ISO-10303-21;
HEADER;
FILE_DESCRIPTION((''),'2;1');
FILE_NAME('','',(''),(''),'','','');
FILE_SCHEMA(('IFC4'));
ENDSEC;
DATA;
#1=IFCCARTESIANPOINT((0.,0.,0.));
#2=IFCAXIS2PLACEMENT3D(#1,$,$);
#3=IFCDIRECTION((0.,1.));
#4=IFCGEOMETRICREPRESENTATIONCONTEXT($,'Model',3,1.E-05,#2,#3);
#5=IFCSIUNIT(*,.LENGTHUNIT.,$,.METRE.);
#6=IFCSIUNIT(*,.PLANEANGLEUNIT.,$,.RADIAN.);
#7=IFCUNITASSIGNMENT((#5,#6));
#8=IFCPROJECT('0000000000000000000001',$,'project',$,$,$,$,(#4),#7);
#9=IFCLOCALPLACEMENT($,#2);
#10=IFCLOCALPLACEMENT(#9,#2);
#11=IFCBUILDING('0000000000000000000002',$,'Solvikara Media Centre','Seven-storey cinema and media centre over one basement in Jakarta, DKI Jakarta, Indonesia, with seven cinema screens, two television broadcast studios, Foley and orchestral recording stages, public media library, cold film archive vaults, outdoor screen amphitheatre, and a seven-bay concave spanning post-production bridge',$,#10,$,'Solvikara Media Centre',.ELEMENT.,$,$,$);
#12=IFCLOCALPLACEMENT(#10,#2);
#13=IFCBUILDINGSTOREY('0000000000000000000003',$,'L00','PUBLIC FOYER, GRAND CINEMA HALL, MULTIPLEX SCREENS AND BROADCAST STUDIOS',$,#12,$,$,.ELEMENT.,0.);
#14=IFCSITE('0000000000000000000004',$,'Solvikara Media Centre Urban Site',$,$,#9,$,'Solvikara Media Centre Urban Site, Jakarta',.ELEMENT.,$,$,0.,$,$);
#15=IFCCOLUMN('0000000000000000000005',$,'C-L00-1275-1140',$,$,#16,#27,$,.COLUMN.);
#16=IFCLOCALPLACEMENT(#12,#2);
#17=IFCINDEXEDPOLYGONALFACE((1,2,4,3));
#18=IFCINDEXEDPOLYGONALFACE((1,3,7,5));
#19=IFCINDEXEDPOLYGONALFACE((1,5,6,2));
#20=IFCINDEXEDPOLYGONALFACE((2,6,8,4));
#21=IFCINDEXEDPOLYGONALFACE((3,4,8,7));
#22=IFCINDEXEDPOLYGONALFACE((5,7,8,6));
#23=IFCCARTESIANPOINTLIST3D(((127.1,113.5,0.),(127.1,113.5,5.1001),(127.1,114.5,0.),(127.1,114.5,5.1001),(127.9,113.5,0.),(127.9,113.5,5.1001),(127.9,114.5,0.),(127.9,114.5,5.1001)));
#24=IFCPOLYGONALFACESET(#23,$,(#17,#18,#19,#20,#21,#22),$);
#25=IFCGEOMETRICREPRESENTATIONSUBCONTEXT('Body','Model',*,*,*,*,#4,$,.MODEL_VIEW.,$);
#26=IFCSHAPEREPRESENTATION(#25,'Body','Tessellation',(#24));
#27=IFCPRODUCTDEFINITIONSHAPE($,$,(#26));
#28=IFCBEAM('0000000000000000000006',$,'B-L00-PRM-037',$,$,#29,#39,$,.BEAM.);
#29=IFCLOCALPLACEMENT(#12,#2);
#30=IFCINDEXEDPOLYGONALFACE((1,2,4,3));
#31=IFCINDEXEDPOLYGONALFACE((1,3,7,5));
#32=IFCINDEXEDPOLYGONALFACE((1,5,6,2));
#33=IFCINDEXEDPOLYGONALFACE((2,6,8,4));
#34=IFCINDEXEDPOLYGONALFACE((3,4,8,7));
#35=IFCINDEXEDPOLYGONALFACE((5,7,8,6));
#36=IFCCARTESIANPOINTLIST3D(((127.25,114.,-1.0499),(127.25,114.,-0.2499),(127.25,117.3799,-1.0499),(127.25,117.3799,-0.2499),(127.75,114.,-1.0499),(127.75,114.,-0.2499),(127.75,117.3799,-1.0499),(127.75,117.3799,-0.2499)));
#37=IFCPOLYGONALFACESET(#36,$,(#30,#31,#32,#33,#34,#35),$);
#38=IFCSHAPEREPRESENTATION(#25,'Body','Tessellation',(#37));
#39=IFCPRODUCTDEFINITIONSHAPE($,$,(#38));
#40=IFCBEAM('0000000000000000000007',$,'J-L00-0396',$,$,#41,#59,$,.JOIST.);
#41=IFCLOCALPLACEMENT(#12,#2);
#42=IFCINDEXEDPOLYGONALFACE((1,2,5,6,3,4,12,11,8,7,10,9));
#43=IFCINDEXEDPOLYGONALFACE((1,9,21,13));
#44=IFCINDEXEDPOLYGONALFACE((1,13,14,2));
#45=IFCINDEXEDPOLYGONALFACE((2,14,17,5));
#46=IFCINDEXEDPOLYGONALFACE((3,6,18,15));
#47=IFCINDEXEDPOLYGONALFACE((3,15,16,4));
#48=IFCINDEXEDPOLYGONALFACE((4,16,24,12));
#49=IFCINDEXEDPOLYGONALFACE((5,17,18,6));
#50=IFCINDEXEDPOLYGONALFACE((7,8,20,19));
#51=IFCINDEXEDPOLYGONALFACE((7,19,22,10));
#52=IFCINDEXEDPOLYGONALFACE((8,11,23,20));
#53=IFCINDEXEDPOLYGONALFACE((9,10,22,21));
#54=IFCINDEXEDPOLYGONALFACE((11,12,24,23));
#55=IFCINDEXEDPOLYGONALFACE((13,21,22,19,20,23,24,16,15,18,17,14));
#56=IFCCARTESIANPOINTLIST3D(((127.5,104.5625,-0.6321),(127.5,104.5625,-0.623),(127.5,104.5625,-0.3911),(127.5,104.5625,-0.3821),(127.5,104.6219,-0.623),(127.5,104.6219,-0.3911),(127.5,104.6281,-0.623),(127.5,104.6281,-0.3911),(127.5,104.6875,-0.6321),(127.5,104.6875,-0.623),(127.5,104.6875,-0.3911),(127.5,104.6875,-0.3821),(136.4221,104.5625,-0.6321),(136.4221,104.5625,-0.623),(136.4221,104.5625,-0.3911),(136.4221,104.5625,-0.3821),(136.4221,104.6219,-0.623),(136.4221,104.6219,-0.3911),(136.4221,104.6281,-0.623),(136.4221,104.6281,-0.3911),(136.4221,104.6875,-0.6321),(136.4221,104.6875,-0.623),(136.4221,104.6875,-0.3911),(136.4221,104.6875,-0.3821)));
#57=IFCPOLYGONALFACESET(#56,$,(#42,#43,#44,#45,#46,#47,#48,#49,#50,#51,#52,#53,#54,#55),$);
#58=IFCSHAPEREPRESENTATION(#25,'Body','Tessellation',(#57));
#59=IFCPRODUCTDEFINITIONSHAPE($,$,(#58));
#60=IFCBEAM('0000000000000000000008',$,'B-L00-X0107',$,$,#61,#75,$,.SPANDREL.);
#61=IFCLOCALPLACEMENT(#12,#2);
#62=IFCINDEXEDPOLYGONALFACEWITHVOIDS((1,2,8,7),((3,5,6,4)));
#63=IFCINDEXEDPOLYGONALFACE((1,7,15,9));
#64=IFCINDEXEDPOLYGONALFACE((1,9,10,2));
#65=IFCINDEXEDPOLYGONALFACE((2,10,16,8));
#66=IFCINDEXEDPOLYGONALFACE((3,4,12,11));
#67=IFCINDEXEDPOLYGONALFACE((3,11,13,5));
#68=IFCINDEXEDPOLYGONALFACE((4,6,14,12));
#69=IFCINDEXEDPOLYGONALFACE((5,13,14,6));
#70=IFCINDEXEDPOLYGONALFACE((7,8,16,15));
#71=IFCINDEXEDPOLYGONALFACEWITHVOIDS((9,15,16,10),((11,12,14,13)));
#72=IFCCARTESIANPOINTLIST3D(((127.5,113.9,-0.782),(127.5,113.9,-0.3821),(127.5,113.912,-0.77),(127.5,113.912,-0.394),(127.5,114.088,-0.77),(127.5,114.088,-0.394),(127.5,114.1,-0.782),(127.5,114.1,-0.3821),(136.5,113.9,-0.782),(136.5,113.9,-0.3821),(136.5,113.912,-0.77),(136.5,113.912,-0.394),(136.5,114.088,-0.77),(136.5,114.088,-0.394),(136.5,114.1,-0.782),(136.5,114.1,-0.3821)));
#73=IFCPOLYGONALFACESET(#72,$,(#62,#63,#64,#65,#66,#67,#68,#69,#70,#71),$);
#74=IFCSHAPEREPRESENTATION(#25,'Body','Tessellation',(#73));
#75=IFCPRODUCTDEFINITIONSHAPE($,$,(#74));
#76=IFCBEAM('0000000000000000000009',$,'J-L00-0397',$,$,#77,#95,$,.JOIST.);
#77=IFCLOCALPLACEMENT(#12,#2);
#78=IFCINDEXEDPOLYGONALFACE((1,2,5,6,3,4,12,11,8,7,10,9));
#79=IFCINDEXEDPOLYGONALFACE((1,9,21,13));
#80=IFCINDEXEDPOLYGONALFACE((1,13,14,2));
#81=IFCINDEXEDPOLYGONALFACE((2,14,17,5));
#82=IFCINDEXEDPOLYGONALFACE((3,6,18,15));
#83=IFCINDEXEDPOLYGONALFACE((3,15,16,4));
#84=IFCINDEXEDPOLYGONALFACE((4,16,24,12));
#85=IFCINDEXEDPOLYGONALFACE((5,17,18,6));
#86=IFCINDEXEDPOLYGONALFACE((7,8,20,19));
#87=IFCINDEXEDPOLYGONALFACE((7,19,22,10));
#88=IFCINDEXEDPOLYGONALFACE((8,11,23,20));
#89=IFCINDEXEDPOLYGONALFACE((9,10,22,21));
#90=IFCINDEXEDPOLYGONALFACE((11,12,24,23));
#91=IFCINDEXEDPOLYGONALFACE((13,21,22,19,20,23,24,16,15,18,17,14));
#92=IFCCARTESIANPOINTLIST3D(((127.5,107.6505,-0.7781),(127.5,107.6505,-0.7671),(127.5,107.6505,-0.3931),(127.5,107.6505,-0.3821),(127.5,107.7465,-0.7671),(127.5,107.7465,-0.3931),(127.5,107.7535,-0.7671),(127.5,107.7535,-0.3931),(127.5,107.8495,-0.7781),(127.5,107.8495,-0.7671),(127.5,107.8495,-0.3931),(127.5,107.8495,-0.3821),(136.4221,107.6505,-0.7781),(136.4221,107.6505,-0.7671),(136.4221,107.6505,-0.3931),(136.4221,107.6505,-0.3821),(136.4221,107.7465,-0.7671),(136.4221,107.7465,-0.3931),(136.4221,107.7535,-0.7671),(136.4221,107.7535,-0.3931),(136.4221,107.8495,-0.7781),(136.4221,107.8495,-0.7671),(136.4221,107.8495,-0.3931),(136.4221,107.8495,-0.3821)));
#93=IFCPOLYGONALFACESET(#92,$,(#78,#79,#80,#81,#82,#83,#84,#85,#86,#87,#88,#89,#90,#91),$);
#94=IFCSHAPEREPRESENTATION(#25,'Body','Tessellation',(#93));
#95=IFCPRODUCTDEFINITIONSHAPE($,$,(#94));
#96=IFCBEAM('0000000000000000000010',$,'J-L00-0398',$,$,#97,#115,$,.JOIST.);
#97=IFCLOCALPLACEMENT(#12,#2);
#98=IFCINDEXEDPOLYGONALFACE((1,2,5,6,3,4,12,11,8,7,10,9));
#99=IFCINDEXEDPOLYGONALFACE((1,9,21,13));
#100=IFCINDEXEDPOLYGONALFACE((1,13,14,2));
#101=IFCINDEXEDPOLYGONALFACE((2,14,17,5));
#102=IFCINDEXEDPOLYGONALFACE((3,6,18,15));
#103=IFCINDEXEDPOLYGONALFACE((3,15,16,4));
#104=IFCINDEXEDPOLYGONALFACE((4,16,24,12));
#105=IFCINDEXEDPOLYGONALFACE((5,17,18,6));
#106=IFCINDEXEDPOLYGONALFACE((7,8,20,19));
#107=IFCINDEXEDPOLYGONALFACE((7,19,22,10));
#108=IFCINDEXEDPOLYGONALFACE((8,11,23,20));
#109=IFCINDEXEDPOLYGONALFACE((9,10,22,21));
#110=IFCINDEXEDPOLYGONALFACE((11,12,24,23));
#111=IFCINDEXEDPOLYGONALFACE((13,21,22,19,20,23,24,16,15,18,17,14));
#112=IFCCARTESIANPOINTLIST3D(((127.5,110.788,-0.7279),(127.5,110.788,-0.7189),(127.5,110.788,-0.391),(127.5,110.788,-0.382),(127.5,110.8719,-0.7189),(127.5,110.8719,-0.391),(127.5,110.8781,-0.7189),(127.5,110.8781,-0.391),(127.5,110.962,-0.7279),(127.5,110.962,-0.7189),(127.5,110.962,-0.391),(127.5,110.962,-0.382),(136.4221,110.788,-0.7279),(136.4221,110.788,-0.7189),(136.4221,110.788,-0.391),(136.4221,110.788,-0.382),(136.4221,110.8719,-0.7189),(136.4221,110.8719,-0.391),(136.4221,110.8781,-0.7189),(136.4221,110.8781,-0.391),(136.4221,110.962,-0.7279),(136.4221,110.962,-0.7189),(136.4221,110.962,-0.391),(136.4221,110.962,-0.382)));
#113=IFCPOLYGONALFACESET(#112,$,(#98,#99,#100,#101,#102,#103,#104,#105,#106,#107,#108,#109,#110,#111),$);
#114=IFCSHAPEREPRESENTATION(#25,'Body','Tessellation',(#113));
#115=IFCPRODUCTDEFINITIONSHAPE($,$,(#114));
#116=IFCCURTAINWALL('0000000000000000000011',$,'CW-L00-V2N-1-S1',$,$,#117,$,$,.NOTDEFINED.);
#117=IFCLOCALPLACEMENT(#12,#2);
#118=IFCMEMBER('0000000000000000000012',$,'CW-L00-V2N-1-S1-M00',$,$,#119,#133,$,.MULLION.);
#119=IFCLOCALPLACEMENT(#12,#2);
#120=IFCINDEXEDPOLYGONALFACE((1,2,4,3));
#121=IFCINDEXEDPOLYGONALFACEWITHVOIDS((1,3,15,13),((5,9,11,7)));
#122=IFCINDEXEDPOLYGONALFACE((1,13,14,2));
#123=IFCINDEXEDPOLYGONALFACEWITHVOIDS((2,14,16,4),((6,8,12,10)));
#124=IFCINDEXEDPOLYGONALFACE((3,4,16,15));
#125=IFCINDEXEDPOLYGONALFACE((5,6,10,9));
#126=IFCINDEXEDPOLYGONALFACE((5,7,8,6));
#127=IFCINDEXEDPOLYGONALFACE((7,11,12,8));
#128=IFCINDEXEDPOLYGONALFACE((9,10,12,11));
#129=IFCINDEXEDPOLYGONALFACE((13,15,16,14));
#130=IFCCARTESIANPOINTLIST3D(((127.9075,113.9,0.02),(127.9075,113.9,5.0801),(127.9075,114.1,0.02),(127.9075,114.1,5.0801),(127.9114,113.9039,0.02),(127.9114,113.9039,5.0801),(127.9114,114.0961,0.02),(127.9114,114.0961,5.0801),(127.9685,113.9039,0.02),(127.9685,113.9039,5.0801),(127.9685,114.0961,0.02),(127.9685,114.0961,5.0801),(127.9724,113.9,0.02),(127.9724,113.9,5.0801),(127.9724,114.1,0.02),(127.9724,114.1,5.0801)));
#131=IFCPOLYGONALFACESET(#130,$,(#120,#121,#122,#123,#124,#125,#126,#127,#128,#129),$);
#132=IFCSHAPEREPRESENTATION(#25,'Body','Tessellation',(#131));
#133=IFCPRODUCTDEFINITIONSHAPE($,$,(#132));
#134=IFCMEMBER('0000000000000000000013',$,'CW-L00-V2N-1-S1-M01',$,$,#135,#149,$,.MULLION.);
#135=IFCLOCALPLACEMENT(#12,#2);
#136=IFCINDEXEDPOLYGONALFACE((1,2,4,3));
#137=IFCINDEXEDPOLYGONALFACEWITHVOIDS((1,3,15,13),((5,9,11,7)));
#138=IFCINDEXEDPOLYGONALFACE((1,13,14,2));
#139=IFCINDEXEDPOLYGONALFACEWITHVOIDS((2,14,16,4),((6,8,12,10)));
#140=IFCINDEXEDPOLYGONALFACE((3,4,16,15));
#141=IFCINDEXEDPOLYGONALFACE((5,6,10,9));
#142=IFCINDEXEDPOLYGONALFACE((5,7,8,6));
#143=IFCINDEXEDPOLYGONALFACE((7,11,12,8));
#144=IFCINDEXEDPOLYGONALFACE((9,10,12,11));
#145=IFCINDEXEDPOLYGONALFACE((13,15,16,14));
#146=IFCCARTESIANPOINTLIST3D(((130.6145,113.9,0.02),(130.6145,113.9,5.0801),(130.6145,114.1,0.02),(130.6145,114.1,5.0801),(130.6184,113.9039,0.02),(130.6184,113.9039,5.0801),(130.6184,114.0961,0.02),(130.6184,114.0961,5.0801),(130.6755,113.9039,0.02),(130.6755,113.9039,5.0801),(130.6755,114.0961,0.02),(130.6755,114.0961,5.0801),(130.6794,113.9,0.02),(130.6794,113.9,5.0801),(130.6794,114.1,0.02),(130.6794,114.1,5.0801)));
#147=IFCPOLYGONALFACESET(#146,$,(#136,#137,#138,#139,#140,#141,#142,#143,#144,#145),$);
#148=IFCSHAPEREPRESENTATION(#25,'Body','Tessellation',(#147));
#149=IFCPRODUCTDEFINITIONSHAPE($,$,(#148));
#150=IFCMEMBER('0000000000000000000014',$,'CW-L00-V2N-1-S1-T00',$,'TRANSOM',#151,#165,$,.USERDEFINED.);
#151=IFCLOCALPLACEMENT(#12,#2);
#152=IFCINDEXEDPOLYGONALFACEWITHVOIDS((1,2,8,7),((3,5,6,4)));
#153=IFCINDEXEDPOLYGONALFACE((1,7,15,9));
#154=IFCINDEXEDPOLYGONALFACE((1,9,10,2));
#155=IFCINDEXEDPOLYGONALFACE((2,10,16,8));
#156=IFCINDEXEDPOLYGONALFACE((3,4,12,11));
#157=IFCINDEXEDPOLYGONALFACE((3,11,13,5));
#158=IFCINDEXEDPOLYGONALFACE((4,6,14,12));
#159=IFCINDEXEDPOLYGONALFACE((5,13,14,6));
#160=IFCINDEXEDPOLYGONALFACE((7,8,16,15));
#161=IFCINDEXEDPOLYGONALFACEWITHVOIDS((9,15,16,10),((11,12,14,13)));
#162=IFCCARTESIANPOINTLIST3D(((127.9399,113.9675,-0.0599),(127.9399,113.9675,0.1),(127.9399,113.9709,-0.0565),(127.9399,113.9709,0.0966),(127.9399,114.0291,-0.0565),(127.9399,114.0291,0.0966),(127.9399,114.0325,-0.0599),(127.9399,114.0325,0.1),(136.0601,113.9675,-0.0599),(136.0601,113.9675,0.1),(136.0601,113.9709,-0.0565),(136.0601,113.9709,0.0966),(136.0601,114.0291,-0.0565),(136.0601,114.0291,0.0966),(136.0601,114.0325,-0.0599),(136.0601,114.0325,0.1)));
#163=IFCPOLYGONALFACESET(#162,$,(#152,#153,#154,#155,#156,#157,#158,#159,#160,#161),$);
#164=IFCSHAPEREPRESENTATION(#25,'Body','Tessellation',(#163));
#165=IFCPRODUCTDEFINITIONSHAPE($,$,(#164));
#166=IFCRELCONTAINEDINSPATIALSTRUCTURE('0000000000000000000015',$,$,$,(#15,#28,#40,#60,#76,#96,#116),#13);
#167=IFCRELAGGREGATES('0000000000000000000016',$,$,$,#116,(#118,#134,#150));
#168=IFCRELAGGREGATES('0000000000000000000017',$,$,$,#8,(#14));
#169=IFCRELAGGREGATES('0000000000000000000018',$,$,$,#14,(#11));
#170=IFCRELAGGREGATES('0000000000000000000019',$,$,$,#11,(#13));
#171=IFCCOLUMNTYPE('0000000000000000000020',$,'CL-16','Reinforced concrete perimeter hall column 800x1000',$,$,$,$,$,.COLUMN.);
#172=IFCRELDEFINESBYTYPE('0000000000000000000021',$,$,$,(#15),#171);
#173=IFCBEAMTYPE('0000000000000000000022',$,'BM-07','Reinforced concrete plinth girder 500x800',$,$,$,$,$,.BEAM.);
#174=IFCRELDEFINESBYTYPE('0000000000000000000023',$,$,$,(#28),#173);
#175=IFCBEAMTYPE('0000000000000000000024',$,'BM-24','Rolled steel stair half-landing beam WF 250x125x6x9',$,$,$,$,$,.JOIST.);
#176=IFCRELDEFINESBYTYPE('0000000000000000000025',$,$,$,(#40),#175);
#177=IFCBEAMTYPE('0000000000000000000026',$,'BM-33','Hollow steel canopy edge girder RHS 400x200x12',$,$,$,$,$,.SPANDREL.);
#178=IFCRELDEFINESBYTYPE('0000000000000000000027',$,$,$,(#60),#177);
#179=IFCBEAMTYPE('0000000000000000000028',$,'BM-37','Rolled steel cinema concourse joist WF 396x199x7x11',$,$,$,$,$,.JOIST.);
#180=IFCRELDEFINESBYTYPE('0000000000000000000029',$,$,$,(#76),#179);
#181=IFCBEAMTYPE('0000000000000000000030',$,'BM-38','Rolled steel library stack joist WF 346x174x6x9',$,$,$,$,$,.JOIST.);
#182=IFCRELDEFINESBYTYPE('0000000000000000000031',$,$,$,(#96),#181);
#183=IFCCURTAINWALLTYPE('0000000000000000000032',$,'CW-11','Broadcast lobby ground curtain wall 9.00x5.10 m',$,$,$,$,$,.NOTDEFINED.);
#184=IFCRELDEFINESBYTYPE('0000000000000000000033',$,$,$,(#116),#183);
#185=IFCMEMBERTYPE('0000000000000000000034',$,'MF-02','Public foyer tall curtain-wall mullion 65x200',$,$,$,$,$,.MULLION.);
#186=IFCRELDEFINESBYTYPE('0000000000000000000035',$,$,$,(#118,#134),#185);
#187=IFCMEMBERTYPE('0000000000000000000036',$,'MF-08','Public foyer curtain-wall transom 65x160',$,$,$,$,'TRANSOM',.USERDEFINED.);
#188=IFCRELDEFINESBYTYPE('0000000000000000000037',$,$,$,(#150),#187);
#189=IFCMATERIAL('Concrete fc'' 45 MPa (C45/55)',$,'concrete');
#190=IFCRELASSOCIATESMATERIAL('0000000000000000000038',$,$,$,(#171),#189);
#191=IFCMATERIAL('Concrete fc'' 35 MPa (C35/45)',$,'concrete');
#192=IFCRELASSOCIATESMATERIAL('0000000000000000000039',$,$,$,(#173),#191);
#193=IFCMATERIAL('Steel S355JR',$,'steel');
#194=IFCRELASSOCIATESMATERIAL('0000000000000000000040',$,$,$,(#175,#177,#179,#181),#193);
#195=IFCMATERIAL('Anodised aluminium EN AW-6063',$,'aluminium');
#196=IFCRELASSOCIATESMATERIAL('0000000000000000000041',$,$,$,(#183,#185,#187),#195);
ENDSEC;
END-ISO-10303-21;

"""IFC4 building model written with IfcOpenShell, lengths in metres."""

from ifc_helpers import new_model, si_unit, direction, frame, origin, origin_2d, place, context, subcontext, project, spatial, rectangle, hollow_rectangle, i_section, extrude, material, material_profile, profile_set, type_object, element, aggregate, save


model = new_model("IFC4")

# Units and contexts
model_context = context("Model", 3, precision=1e-05, world=origin(), true_north=direction((0.0, 1.0)))
body_context = subcontext(model_context, "Body", "Model", "MODEL_VIEW")
ifc_project = project(units=[si_unit("LENGTHUNIT", "METRE"), si_unit("PLANEANGLEUNIT", "RADIAN")], contexts=[model_context])

# Site, building, storey
site_placement = place(None, origin())
site = spatial("IfcSite", under=ifc_project, at=site_placement, Name="Solvikara Media Centre Urban Site", LongName="Solvikara Media Centre Urban Site, Jakarta", CompositionType="ELEMENT", RefElevation=0.0)
building_placement = place(site_placement, origin())
building = spatial("IfcBuilding", under=site, at=building_placement, Name="Solvikara Media Centre", Description="Seven-storey cinema and media centre over one basement in Jakarta, DKI Jakarta, Indonesia, with seven cinema screens, two television broadcast studios, Foley and orchestral recording stages, public media library, cold film archive vaults, outdoor screen amphitheatre, and a seven-bay concave spanning post-production bridge", LongName="Solvikara Media Centre", CompositionType="ELEMENT")
storey_placement = place(building_placement, origin())
storey = spatial("IfcBuildingStorey", under=building, at=storey_placement, Name="L00", Description="PUBLIC FOYER, GRAND CINEMA HALL, MULTIPLEX SCREENS AND BROADCAST STUDIOS", CompositionType="ELEMENT", Elevation=0.0)

# Column
ifc_material_1 = material(Name="Concrete fc' 45 MPa (C45/55)", Category="concrete")
ifc_material_profile_1 = material_profile(ifc_material_1, rectangle(XDim=0.8, YDim=1.0, at=origin_2d()), Name="RC 800x1000")
ifc_profile_set_1 = profile_set([ifc_material_profile_1], Name="Concrete fc' 45 MPa (C45/55)")
column_type = type_object("IfcColumnType", Name="CL-16", Description="Reinforced concrete perimeter hall column 800x1000", PredefinedType="COLUMN", material=ifc_profile_set_1)
column_placement = place(storey_placement, frame((127.5, 114.0, 0.0), z_axis=(0.0, 0.0, 1.0), x_axis=(1.0, 0.0, 0.0)))
element("IfcColumn", 1, at=column_placement, inside=storey, type_object=column_type, Name="C-L00-1275-1140", PredefinedType="COLUMN", context=body_context, shape_type="SweptSolid", body=[
    extrude(rectangle(XDim=0.8, YDim=1.0, at=origin_2d()), origin(), (0.0, 0.0, 1.0), 5.1001),
])

# Beams
ifc_material_2 = material(Name="Concrete fc' 35 MPa (C35/45)", Category="concrete")
ifc_material_profile_2 = material_profile(ifc_material_2, rectangle(XDim=0.5, YDim=0.8, at=origin_2d()), Name="RC 500x800")
ifc_profile_set_2 = profile_set([ifc_material_profile_2], Name="Concrete fc' 35 MPa (C35/45)")
beam_type_1 = type_object("IfcBeamType", Name="BM-07", Description="Reinforced concrete plinth girder 500x800", PredefinedType="BEAM", material=ifc_profile_set_2)
beam_1_placement = place(storey_placement, frame((127.5, 114.0, -0.6499), z_axis=(0.0, 1.0, 0.0), x_axis=(-1.0, 0.0, 0.0)))
element("IfcBeam", 2, at=beam_1_placement, inside=storey, type_object=beam_type_1, Name="B-L00-PRM-037", PredefinedType="BEAM", context=body_context, shape_type="SweptSolid", body=[
    extrude(rectangle(XDim=0.5, YDim=0.8, at=origin_2d()), origin(), (0.0, 0.0, 1.0), 3.3799),
])
ifc_material_3 = material(Name="Steel S355JR", Category="steel")
ifc_material_profile_3 = material_profile(ifc_material_3, i_section(OverallWidth=0.125, OverallDepth=0.25, WebThickness=0.0061, FlangeThickness=0.009, at=origin_2d()), Name="WF 250x125x6x9")
ifc_profile_set_3 = profile_set([ifc_material_profile_3], Name="Steel S355JR")
beam_type_2 = type_object("IfcBeamType", Name="BM-24", Description="Rolled steel stair half-landing beam WF 250x125x6x9", PredefinedType="JOIST", material=ifc_profile_set_3)
beam_2_placement = place(storey_placement, frame((127.5, 104.625, -0.5071), z_axis=(1.0, 0.0, 0.0), x_axis=(0.0, 1.0, 0.0)))
element("IfcBeam", 3, at=beam_2_placement, inside=storey, type_object=beam_type_2, Name="J-L00-0396", PredefinedType="JOIST", context=body_context, shape_type="SweptSolid", body=[
    extrude(i_section(OverallWidth=0.125, OverallDepth=0.25, WebThickness=0.0061, FlangeThickness=0.009, at=origin_2d()), origin(), (0.0, 0.0, 1.0), 8.9221),
])
ifc_material_profile_4 = material_profile(ifc_material_3, hollow_rectangle(XDim=0.2, YDim=0.3999, WallThickness=0.012, at=origin_2d()), Name="RHS 400x200x12")
ifc_profile_set_4 = profile_set([ifc_material_profile_4], Name="Steel S355JR")
beam_type_3 = type_object("IfcBeamType", Name="BM-33", Description="Hollow steel canopy edge girder RHS 400x200x12", PredefinedType="SPANDREL", material=ifc_profile_set_4)
beam_3_placement = place(storey_placement, frame((127.5, 114.0, -0.582), z_axis=(1.0, 0.0, 0.0), x_axis=(0.0, 1.0, 0.0)))
element("IfcBeam", 4, at=beam_3_placement, inside=storey, type_object=beam_type_3, Name="B-L00-X0107", PredefinedType="SPANDREL", context=body_context, shape_type="SweptSolid", body=[
    extrude(hollow_rectangle(XDim=0.2, YDim=0.3999, WallThickness=0.012, at=origin_2d()), origin(), (0.0, 0.0, 1.0), 9.0),
])
ifc_material_profile_5 = material_profile(ifc_material_3, i_section(OverallWidth=0.199, OverallDepth=0.396, WebThickness=0.0071, FlangeThickness=0.011, at=origin_2d()), Name="WF 396x199x7x11")
ifc_profile_set_5 = profile_set([ifc_material_profile_5], Name="Steel S355JR")
beam_type_4 = type_object("IfcBeamType", Name="BM-37", Description="Rolled steel cinema concourse joist WF 396x199x7x11", PredefinedType="JOIST", material=ifc_profile_set_5)
beam_4_placement = place(storey_placement, frame((127.5, 107.75, -0.5801), z_axis=(1.0, 0.0, 0.0), x_axis=(0.0, 1.0, 0.0)))
element("IfcBeam", 5, at=beam_4_placement, inside=storey, type_object=beam_type_4, Name="J-L00-0397", PredefinedType="JOIST", context=body_context, shape_type="SweptSolid", body=[
    extrude(i_section(OverallWidth=0.199, OverallDepth=0.396, WebThickness=0.0071, FlangeThickness=0.011, at=origin_2d()), origin(), (0.0, 0.0, 1.0), 8.9221),
])
ifc_material_profile_6 = material_profile(ifc_material_3, i_section(OverallWidth=0.1741, OverallDepth=0.3459, WebThickness=0.0061, FlangeThickness=0.009, at=origin_2d()), Name="WF 346x174x6x9")
ifc_profile_set_6 = profile_set([ifc_material_profile_6], Name="Steel S355JR")
beam_type_5 = type_object("IfcBeamType", Name="BM-38", Description="Rolled steel library stack joist WF 346x174x6x9", PredefinedType="JOIST", material=ifc_profile_set_6)
beam_5_placement = place(storey_placement, frame((127.5, 110.875, -0.5549), z_axis=(1.0, 0.0, 0.0), x_axis=(0.0, 1.0, 0.0)))
element("IfcBeam", 6, at=beam_5_placement, inside=storey, type_object=beam_type_5, Name="J-L00-0398", PredefinedType="JOIST", context=body_context, shape_type="SweptSolid", body=[
    extrude(i_section(OverallWidth=0.1741, OverallDepth=0.3459, WebThickness=0.0061, FlangeThickness=0.009, at=origin_2d()), origin(), (0.0, 0.0, 1.0), 8.9221),
])

# Curtain wall, members
ifc_material_4 = material(Name="Anodised aluminium EN AW-6063", Category="aluminium")
curtain_wall_type = type_object("IfcCurtainWallType", Name="CW-11", Description="Broadcast lobby ground curtain wall 9.00x5.10 m", PredefinedType="NOTDEFINED", material=ifc_material_4)
curtain_wall_placement = place(storey_placement, origin())
curtain_wall = element("IfcCurtainWall", 7, at=curtain_wall_placement, inside=storey, type_object=curtain_wall_type, Name="CW-L00-V2N-1-S1", PredefinedType="NOTDEFINED")
ifc_material_profile_7 = material_profile(ifc_material_4, hollow_rectangle(XDim=0.0649, YDim=0.2, WallThickness=0.0039, at=origin_2d()), Name="ALU-M 65x200x4")
ifc_profile_set_7 = profile_set([ifc_material_profile_7], Name="Anodised aluminium EN AW-6063")
member_type_1 = type_object("IfcMemberType", Name="MF-02", Description="Public foyer tall curtain-wall mullion 65x200", PredefinedType="MULLION", material=ifc_profile_set_7)
member_1_placement = place(storey_placement, frame((127.9399, 114.0, 0.02), z_axis=(0.0, 0.0, 1.0), x_axis=(1.0, 0.0, 0.0)))
member_1 = element("IfcMember", 8, at=member_1_placement, type_object=member_type_1, Name="CW-L00-V2N-1-S1-M00", PredefinedType="MULLION", context=body_context, shape_type="SweptSolid", body=[
    extrude(hollow_rectangle(XDim=0.0649, YDim=0.2, WallThickness=0.0039, at=origin_2d()), origin(), (0.0, 0.0, 1.0), 5.0601),
])
member_2_placement = place(storey_placement, frame((130.647, 114.0, 0.02), z_axis=(0.0, 0.0, 1.0), x_axis=(1.0, 0.0, 0.0)))
member_2 = element("IfcMember", 9, at=member_2_placement, type_object=member_type_1, Name="CW-L00-V2N-1-S1-M01", PredefinedType="MULLION", context=body_context, shape_type="SweptSolid", body=[
    extrude(hollow_rectangle(XDim=0.0649, YDim=0.2, WallThickness=0.0039, at=origin_2d()), origin(), (0.0, 0.0, 1.0), 5.0601),
])
ifc_material_profile_8 = material_profile(ifc_material_4, hollow_rectangle(XDim=0.0649, YDim=0.1599, WallThickness=0.0034, at=origin_2d()), Name="ALU-T 65x160x3.5")
ifc_profile_set_8 = profile_set([ifc_material_profile_8], Name="Anodised aluminium EN AW-6063")
member_type_2 = type_object("IfcMemberType", Name="MF-08", Description="Public foyer curtain-wall transom 65x160", ElementType="TRANSOM", PredefinedType="USERDEFINED", material=ifc_profile_set_8)
member_3_placement = place(storey_placement, frame((127.9399, 114.0, 0.02), z_axis=(1.0, 0.0, 0.0), x_axis=(0.0, 1.0, 0.0)))
member_3 = element("IfcMember", 10, at=member_3_placement, type_object=member_type_2, Name="CW-L00-V2N-1-S1-T00", ObjectType="TRANSOM", PredefinedType="USERDEFINED", context=body_context, shape_type="SweptSolid", body=[
    extrude(hollow_rectangle(XDim=0.0649, YDim=0.1599, WallThickness=0.0034, at=origin_2d()), origin(), (0.0, 0.0, 1.0), 8.1201),
])
aggregate(curtain_wall, [member_1, member_2, member_3])

save(model, "model.ifc")
